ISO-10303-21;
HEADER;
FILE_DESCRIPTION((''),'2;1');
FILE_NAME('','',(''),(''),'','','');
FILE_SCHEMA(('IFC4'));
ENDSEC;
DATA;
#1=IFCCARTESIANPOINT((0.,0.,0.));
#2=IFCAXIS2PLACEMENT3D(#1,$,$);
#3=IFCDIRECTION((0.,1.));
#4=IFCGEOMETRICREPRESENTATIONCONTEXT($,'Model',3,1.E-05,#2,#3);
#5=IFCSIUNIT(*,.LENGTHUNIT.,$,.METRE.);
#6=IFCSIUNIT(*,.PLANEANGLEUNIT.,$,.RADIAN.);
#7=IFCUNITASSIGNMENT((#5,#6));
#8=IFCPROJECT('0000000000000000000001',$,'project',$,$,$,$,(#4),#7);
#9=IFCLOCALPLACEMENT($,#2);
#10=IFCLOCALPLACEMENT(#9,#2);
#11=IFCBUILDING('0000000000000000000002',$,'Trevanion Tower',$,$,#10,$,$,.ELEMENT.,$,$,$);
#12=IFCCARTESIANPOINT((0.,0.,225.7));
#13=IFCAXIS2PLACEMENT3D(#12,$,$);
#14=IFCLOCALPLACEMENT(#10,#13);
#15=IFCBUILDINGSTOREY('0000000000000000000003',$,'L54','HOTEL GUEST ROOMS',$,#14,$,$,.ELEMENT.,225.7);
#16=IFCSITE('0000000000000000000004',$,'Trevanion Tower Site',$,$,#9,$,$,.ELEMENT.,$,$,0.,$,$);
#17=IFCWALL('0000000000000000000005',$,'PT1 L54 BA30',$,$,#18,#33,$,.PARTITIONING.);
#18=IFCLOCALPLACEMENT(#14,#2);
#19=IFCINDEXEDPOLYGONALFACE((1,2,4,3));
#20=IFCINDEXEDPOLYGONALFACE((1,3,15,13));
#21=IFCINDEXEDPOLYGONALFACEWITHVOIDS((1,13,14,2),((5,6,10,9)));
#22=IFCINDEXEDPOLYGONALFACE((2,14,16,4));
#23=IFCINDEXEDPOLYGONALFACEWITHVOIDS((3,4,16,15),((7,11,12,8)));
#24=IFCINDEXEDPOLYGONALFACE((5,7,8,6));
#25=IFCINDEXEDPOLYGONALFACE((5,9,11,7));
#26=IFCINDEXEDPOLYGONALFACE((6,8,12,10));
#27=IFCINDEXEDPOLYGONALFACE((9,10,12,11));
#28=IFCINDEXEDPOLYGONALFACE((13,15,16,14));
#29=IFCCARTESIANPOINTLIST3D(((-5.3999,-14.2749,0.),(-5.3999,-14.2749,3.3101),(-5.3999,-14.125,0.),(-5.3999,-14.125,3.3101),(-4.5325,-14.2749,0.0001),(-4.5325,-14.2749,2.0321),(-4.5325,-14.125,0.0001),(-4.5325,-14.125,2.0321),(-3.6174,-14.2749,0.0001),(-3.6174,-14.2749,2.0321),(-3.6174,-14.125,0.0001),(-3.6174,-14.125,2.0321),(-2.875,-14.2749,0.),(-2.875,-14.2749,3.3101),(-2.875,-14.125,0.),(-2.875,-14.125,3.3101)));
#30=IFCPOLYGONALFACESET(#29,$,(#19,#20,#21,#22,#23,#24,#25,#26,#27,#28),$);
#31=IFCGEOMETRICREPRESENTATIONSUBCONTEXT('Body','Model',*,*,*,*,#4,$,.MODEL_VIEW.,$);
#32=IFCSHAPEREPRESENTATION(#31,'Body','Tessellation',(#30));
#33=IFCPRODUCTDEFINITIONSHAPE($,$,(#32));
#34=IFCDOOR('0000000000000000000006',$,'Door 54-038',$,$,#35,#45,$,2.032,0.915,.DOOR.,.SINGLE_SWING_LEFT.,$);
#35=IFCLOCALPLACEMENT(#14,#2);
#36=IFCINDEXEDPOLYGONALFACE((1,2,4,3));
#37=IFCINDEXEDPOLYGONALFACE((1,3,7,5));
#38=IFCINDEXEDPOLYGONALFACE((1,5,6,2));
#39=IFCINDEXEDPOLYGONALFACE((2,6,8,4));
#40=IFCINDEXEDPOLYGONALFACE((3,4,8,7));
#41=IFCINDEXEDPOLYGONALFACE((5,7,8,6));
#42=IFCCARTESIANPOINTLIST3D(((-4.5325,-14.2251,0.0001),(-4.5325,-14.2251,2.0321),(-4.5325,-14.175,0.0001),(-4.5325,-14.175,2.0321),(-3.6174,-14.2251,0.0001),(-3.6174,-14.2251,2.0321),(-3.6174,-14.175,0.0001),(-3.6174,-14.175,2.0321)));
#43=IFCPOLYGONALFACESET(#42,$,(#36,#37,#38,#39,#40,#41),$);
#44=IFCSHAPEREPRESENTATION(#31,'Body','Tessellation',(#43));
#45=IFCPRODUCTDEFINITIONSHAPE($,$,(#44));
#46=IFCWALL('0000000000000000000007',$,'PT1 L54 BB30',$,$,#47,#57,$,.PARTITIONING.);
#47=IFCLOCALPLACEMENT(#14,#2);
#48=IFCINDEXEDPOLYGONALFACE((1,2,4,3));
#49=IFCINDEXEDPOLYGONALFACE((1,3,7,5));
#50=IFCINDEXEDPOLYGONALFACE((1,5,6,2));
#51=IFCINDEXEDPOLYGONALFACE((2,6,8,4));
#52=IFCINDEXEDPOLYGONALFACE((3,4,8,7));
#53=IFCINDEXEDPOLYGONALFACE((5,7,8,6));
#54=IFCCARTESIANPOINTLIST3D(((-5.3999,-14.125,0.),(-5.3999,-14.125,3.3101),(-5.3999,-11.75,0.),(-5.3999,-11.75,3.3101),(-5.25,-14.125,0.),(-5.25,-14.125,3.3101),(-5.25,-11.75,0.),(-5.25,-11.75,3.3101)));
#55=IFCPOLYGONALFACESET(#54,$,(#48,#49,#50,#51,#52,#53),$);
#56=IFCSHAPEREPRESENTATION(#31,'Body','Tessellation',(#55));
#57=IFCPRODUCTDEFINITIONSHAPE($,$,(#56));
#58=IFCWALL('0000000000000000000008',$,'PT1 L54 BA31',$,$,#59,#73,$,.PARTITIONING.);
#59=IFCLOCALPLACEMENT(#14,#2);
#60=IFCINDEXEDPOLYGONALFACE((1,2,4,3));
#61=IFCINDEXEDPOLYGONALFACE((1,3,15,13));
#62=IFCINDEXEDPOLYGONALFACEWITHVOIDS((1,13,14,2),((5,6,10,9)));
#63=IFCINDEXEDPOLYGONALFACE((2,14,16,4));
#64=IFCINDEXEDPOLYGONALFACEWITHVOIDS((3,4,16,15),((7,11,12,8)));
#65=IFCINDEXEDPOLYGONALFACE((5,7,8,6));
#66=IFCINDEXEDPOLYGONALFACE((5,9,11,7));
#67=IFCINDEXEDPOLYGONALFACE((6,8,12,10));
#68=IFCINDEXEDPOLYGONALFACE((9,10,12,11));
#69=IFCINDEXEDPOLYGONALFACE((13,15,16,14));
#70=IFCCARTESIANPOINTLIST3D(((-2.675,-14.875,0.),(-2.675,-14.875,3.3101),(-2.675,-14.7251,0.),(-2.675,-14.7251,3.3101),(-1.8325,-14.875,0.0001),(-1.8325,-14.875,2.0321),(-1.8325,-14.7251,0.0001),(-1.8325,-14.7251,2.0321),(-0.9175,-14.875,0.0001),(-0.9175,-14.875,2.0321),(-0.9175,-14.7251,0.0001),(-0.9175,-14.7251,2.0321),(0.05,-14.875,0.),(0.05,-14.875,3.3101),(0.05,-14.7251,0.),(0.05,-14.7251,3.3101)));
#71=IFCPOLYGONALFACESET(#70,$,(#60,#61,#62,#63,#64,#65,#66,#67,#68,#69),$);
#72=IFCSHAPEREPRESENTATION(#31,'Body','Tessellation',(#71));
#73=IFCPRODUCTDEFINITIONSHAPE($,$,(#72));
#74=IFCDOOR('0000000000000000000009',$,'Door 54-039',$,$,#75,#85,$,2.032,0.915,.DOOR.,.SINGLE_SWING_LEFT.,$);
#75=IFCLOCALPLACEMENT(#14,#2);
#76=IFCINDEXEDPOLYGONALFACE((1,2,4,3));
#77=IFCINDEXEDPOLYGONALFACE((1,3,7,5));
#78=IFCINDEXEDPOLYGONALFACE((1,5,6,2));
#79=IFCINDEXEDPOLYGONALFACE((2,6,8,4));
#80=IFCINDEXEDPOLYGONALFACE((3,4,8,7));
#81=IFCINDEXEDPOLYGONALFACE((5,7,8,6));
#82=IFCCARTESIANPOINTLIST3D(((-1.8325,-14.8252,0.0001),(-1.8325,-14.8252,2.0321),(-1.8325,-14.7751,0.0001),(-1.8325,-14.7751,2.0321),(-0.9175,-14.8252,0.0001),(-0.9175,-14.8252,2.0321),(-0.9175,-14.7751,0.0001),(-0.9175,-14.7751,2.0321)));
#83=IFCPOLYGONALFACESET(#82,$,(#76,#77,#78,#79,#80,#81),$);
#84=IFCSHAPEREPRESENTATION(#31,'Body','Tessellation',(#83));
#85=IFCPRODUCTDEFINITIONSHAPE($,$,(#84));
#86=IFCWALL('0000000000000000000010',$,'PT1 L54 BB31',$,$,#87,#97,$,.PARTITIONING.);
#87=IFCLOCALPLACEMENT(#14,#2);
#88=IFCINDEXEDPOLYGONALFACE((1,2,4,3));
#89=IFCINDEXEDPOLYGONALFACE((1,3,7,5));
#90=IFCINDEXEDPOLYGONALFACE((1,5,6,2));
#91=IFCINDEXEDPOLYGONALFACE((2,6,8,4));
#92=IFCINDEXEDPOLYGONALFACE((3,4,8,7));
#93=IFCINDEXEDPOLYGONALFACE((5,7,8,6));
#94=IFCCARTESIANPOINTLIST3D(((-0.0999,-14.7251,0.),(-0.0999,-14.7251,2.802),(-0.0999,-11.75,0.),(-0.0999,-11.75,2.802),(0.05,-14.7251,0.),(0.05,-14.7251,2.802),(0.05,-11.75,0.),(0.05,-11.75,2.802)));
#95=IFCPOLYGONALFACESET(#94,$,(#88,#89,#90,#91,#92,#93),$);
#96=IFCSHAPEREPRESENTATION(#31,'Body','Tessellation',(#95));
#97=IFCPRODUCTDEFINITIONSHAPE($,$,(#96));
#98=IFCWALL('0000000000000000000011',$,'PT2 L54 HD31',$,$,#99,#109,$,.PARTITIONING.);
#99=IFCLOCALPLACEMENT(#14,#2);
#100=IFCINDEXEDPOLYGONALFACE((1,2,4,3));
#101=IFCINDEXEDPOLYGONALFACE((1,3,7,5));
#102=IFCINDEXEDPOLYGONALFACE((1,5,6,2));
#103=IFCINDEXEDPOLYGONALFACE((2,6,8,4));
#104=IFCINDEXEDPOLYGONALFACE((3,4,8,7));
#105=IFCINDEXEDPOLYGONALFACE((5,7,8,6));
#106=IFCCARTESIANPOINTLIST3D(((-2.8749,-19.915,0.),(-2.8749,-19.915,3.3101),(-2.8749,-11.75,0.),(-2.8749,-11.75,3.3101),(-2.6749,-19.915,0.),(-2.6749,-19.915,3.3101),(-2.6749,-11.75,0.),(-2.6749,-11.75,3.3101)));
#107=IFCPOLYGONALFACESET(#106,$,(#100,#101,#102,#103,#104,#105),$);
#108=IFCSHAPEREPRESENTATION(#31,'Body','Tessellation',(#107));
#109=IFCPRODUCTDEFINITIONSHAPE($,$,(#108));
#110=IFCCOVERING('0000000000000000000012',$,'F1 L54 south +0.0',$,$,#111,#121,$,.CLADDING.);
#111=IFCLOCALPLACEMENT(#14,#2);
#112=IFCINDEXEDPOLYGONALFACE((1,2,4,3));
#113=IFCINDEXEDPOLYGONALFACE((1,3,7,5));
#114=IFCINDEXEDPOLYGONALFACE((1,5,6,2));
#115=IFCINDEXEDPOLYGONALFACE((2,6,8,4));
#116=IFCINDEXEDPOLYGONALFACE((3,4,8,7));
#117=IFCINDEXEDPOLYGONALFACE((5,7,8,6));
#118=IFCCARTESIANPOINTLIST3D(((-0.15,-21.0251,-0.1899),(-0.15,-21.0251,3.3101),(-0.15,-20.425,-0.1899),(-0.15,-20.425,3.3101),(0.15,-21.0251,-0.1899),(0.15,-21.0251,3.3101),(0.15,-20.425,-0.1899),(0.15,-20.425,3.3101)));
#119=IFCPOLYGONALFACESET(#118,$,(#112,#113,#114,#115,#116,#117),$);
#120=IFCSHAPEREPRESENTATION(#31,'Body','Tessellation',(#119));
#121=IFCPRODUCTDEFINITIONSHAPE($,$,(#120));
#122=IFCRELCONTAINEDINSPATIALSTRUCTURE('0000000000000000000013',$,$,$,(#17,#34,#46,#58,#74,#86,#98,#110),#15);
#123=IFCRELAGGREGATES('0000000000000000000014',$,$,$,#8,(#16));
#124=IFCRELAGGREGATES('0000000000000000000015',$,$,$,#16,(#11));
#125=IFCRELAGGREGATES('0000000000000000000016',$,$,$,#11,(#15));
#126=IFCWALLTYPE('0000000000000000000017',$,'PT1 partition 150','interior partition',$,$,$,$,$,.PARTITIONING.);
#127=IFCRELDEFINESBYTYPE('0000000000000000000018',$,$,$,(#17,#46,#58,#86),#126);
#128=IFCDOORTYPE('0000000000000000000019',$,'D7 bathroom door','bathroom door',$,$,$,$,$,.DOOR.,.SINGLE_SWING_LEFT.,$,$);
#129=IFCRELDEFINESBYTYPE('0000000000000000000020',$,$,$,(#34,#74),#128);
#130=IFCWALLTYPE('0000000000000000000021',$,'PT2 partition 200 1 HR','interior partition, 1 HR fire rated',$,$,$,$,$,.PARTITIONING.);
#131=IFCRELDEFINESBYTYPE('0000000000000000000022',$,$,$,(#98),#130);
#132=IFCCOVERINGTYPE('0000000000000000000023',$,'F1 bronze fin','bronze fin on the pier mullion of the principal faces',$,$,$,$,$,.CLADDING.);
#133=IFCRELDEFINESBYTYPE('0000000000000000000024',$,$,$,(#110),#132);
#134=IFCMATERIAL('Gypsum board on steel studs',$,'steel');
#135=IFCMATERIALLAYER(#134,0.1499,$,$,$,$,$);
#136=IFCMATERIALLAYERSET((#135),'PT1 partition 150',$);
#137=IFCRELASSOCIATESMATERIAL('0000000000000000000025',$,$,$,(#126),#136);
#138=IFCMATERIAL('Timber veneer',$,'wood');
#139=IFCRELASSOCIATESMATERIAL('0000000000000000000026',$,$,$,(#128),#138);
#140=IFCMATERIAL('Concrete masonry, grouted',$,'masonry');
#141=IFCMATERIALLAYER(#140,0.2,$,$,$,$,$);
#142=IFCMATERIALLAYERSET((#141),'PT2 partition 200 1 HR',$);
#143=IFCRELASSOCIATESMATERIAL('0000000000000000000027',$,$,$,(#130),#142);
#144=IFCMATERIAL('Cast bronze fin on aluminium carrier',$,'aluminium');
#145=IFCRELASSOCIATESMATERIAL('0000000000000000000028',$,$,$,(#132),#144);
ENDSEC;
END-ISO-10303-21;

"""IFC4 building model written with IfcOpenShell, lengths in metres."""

from ifc_helpers import new_model, si_unit, direction, frame, frame_2d, origin, origin_2d, place, context, subcontext, project, spatial, rectangle, extrude, material, layer, layer_set, type_object, element, fill, save


model = new_model("IFC4")

# Units and contexts
model_context = context("Model", 3, precision=1e-05, world=origin(), true_north=direction((0.0, 1.0)))
body_context = subcontext(model_context, "Body", "Model", "MODEL_VIEW")
ifc_project = project(units=[si_unit("LENGTHUNIT", "METRE"), si_unit("PLANEANGLEUNIT", "RADIAN")], contexts=[model_context])

# Site, building, storey
site_placement = place(None, origin())
site = spatial("IfcSite", under=ifc_project, at=site_placement, Name="Trevanion Tower Site", CompositionType="ELEMENT", RefElevation=0.0)
building_placement = place(site_placement, origin())
building = spatial("IfcBuilding", under=site, at=building_placement, Name="Trevanion Tower", CompositionType="ELEMENT")
storey_placement = place(building_placement, frame((0.0, 0.0, 225.7)))
storey = spatial("IfcBuildingStorey", under=building, at=storey_placement, Name="L54", Description="HOTEL GUEST ROOMS", CompositionType="ELEMENT", Elevation=225.7)

# Wall, opening, door
ifc_material_1 = material(Name="Gypsum board on steel studs", Category="steel")
ifc_layer_1 = layer(ifc_material_1, 0.1499)
ifc_layer_set_1 = layer_set([ifc_layer_1], Name="PT1 partition 150")
wall_type_1 = type_object("IfcWallType", Name="PT1 partition 150", Description="interior partition", PredefinedType="PARTITIONING", material=ifc_layer_set_1)
wall_1_placement = place(storey_placement, frame((-5.3999, -14.2, 0.0), z_axis=(0.0, 0.0, 1.0), x_axis=(1.0, 0.0, 0.0)))
wall_1 = element("IfcWall", 1, at=wall_1_placement, inside=storey, type_object=wall_type_1, Name="PT1 L54 BA30", PredefinedType="PARTITIONING", context=body_context, shape_type="SweptSolid", body=[
    extrude(rectangle(XDim=2.5249, YDim=0.1499, at=frame_2d((1.2625, 0.0))), origin(), (0.0, 0.0, 1.0), 3.3101),
])
opening_1_placement = place(wall_1_placement, frame((0.8674, 0.0, 0.0)))
opening_1 = element("IfcOpeningElement", 2, at=opening_1_placement, cuts=wall_1, PredefinedType="OPENING", context=body_context, shape_type="SweptSolid", body=[
    extrude(rectangle(XDim=0.915, YDim=2.032, at=frame_2d((0.4575, 1.0161))), frame((0.0, 0.085, 0.0), z_axis=(0.0, -1.0, 0.0), x_axis=(1.0, 0.0, 0.0)), (0.0, 0.0, 1.0), 0.1699),
])
ifc_material_2 = material(Name="Timber veneer", Category="wood")
door_type = type_object("IfcDoorType", Name="D7 bathroom door", Description="bathroom door", OperationType="SINGLE_SWING_LEFT", PredefinedType="DOOR", material=ifc_material_2)
door_1_placement = place(opening_1_placement, origin())
door_1 = element("IfcDoor", 3, at=door_1_placement, inside=storey, type_object=door_type, Name="Door 54-038", OperationType="SINGLE_SWING_LEFT", OverallHeight=2.032, OverallWidth=0.915, PredefinedType="DOOR", context=body_context, shape_type="SweptSolid", body=[
    extrude(rectangle(XDim=0.915, YDim=2.032, at=frame_2d((0.4575, 1.0161))), frame((0.0, 0.0249, 0.0), z_axis=(0.0, -1.0, 0.0), x_axis=(1.0, 0.0, 0.0)), (0.0, 0.0, 1.0), 0.05),
])
fill(opening_1, door_1)

# Wall
wall_2_placement = place(storey_placement, frame((-5.325, -11.75, 0.0), z_axis=(0.0, 0.0, 1.0), x_axis=(0.0, -1.0, 0.0)))
element("IfcWall", 4, at=wall_2_placement, inside=storey, type_object=wall_type_1, Name="PT1 L54 BB30", PredefinedType="PARTITIONING", context=body_context, shape_type="SweptSolid", body=[
    extrude(rectangle(XDim=2.375, YDim=0.1499, at=frame_2d((1.1875, 0.0))), origin(), (0.0, 0.0, 1.0), 3.3101),
])

# Wall, opening, door
wall_3_placement = place(storey_placement, frame((-2.675, -14.8, 0.0), z_axis=(0.0, 0.0, 1.0), x_axis=(1.0, 0.0, 0.0)))
wall_3 = element("IfcWall", 5, at=wall_3_placement, inside=storey, type_object=wall_type_1, Name="PT1 L54 BA31", PredefinedType="PARTITIONING", context=body_context, shape_type="SweptSolid", body=[
    extrude(rectangle(XDim=2.7251, YDim=0.1499, at=frame_2d((1.3625, 0.0))), origin(), (0.0, 0.0, 1.0), 3.3101),
])
opening_2_placement = place(wall_3_placement, frame((0.8425, 0.0, 0.0)))
opening_2 = element("IfcOpeningElement", 6, at=opening_2_placement, cuts=wall_3, PredefinedType="OPENING", context=body_context, shape_type="SweptSolid", body=[
    extrude(rectangle(XDim=0.915, YDim=2.032, at=frame_2d((0.4575, 1.0161))), frame((0.0, 0.085, 0.0), z_axis=(0.0, -1.0, 0.0), x_axis=(1.0, 0.0, 0.0)), (0.0, 0.0, 1.0), 0.1699),
])
door_2_placement = place(opening_2_placement, origin())
door_2 = element("IfcDoor", 7, at=door_2_placement, inside=storey, type_object=door_type, Name="Door 54-039", OperationType="SINGLE_SWING_LEFT", OverallHeight=2.032, OverallWidth=0.915, PredefinedType="DOOR", context=body_context, shape_type="SweptSolid", body=[
    extrude(rectangle(XDim=0.915, YDim=2.032, at=frame_2d((0.4575, 1.0161))), frame((0.0, 0.0249, 0.0), z_axis=(0.0, -1.0, 0.0), x_axis=(1.0, 0.0, 0.0)), (0.0, 0.0, 1.0), 0.05),
])
fill(opening_2, door_2)

# Walls
wall_4_placement = place(storey_placement, frame((-0.0249, -11.75, 0.0), z_axis=(0.0, 0.0, 1.0), x_axis=(0.0, -1.0, 0.0)))
element("IfcWall", 8, at=wall_4_placement, inside=storey, type_object=wall_type_1, Name="PT1 L54 BB31", PredefinedType="PARTITIONING", context=body_context, shape_type="SweptSolid", body=[
    extrude(rectangle(XDim=2.9751, YDim=0.1499, at=frame_2d((1.4875, 0.0))), origin(), (0.0, 0.0, 1.0), 2.802),
])
ifc_material_3 = material(Name="Concrete masonry, grouted", Category="masonry")
ifc_layer_2 = layer(ifc_material_3, 0.2)
ifc_layer_set_2 = layer_set([ifc_layer_2], Name="PT2 partition 200 1 HR")
wall_type_2 = type_object("IfcWallType", Name="PT2 partition 200 1 HR", Description="interior partition, 1 HR fire rated", PredefinedType="PARTITIONING", material=ifc_layer_set_2)
wall_5_placement = place(storey_placement, frame((-2.7749, -11.75, 0.0), z_axis=(0.0, 0.0, 1.0), x_axis=(0.0, -1.0, 0.0)))
element("IfcWall", 9, at=wall_5_placement, inside=storey, type_object=wall_type_2, Name="PT2 L54 HD31", PredefinedType="PARTITIONING", context=body_context, shape_type="SweptSolid", body=[
    extrude(rectangle(XDim=8.165, YDim=0.2, at=frame_2d((4.0825, 0.0))), origin(), (0.0, 0.0, 1.0), 3.3101),
])

# Covering
ifc_material_4 = material(Name="Cast bronze fin on aluminium carrier", Category="aluminium")
covering_type = type_object("IfcCoveringType", Name="F1 bronze fin", Description="bronze fin on the pier mullion of the principal faces", PredefinedType="CLADDING", material=ifc_material_4)
covering_placement = place(storey_placement, frame((0.0, -20.7251, -0.1899), z_axis=(0.0, 0.0, 1.0), x_axis=(1.0, 0.0, 0.0)))
element("IfcCovering", 10, at=covering_placement, inside=storey, type_object=covering_type, Name="F1 L54 south +0.0", PredefinedType="CLADDING", context=body_context, shape_type="SweptSolid", body=[
    extrude(rectangle(XDim=0.3, YDim=0.6001, at=origin_2d()), origin(), (0.0, 0.0, 1.0), 3.5),
])

save(model, "model.ifc")
